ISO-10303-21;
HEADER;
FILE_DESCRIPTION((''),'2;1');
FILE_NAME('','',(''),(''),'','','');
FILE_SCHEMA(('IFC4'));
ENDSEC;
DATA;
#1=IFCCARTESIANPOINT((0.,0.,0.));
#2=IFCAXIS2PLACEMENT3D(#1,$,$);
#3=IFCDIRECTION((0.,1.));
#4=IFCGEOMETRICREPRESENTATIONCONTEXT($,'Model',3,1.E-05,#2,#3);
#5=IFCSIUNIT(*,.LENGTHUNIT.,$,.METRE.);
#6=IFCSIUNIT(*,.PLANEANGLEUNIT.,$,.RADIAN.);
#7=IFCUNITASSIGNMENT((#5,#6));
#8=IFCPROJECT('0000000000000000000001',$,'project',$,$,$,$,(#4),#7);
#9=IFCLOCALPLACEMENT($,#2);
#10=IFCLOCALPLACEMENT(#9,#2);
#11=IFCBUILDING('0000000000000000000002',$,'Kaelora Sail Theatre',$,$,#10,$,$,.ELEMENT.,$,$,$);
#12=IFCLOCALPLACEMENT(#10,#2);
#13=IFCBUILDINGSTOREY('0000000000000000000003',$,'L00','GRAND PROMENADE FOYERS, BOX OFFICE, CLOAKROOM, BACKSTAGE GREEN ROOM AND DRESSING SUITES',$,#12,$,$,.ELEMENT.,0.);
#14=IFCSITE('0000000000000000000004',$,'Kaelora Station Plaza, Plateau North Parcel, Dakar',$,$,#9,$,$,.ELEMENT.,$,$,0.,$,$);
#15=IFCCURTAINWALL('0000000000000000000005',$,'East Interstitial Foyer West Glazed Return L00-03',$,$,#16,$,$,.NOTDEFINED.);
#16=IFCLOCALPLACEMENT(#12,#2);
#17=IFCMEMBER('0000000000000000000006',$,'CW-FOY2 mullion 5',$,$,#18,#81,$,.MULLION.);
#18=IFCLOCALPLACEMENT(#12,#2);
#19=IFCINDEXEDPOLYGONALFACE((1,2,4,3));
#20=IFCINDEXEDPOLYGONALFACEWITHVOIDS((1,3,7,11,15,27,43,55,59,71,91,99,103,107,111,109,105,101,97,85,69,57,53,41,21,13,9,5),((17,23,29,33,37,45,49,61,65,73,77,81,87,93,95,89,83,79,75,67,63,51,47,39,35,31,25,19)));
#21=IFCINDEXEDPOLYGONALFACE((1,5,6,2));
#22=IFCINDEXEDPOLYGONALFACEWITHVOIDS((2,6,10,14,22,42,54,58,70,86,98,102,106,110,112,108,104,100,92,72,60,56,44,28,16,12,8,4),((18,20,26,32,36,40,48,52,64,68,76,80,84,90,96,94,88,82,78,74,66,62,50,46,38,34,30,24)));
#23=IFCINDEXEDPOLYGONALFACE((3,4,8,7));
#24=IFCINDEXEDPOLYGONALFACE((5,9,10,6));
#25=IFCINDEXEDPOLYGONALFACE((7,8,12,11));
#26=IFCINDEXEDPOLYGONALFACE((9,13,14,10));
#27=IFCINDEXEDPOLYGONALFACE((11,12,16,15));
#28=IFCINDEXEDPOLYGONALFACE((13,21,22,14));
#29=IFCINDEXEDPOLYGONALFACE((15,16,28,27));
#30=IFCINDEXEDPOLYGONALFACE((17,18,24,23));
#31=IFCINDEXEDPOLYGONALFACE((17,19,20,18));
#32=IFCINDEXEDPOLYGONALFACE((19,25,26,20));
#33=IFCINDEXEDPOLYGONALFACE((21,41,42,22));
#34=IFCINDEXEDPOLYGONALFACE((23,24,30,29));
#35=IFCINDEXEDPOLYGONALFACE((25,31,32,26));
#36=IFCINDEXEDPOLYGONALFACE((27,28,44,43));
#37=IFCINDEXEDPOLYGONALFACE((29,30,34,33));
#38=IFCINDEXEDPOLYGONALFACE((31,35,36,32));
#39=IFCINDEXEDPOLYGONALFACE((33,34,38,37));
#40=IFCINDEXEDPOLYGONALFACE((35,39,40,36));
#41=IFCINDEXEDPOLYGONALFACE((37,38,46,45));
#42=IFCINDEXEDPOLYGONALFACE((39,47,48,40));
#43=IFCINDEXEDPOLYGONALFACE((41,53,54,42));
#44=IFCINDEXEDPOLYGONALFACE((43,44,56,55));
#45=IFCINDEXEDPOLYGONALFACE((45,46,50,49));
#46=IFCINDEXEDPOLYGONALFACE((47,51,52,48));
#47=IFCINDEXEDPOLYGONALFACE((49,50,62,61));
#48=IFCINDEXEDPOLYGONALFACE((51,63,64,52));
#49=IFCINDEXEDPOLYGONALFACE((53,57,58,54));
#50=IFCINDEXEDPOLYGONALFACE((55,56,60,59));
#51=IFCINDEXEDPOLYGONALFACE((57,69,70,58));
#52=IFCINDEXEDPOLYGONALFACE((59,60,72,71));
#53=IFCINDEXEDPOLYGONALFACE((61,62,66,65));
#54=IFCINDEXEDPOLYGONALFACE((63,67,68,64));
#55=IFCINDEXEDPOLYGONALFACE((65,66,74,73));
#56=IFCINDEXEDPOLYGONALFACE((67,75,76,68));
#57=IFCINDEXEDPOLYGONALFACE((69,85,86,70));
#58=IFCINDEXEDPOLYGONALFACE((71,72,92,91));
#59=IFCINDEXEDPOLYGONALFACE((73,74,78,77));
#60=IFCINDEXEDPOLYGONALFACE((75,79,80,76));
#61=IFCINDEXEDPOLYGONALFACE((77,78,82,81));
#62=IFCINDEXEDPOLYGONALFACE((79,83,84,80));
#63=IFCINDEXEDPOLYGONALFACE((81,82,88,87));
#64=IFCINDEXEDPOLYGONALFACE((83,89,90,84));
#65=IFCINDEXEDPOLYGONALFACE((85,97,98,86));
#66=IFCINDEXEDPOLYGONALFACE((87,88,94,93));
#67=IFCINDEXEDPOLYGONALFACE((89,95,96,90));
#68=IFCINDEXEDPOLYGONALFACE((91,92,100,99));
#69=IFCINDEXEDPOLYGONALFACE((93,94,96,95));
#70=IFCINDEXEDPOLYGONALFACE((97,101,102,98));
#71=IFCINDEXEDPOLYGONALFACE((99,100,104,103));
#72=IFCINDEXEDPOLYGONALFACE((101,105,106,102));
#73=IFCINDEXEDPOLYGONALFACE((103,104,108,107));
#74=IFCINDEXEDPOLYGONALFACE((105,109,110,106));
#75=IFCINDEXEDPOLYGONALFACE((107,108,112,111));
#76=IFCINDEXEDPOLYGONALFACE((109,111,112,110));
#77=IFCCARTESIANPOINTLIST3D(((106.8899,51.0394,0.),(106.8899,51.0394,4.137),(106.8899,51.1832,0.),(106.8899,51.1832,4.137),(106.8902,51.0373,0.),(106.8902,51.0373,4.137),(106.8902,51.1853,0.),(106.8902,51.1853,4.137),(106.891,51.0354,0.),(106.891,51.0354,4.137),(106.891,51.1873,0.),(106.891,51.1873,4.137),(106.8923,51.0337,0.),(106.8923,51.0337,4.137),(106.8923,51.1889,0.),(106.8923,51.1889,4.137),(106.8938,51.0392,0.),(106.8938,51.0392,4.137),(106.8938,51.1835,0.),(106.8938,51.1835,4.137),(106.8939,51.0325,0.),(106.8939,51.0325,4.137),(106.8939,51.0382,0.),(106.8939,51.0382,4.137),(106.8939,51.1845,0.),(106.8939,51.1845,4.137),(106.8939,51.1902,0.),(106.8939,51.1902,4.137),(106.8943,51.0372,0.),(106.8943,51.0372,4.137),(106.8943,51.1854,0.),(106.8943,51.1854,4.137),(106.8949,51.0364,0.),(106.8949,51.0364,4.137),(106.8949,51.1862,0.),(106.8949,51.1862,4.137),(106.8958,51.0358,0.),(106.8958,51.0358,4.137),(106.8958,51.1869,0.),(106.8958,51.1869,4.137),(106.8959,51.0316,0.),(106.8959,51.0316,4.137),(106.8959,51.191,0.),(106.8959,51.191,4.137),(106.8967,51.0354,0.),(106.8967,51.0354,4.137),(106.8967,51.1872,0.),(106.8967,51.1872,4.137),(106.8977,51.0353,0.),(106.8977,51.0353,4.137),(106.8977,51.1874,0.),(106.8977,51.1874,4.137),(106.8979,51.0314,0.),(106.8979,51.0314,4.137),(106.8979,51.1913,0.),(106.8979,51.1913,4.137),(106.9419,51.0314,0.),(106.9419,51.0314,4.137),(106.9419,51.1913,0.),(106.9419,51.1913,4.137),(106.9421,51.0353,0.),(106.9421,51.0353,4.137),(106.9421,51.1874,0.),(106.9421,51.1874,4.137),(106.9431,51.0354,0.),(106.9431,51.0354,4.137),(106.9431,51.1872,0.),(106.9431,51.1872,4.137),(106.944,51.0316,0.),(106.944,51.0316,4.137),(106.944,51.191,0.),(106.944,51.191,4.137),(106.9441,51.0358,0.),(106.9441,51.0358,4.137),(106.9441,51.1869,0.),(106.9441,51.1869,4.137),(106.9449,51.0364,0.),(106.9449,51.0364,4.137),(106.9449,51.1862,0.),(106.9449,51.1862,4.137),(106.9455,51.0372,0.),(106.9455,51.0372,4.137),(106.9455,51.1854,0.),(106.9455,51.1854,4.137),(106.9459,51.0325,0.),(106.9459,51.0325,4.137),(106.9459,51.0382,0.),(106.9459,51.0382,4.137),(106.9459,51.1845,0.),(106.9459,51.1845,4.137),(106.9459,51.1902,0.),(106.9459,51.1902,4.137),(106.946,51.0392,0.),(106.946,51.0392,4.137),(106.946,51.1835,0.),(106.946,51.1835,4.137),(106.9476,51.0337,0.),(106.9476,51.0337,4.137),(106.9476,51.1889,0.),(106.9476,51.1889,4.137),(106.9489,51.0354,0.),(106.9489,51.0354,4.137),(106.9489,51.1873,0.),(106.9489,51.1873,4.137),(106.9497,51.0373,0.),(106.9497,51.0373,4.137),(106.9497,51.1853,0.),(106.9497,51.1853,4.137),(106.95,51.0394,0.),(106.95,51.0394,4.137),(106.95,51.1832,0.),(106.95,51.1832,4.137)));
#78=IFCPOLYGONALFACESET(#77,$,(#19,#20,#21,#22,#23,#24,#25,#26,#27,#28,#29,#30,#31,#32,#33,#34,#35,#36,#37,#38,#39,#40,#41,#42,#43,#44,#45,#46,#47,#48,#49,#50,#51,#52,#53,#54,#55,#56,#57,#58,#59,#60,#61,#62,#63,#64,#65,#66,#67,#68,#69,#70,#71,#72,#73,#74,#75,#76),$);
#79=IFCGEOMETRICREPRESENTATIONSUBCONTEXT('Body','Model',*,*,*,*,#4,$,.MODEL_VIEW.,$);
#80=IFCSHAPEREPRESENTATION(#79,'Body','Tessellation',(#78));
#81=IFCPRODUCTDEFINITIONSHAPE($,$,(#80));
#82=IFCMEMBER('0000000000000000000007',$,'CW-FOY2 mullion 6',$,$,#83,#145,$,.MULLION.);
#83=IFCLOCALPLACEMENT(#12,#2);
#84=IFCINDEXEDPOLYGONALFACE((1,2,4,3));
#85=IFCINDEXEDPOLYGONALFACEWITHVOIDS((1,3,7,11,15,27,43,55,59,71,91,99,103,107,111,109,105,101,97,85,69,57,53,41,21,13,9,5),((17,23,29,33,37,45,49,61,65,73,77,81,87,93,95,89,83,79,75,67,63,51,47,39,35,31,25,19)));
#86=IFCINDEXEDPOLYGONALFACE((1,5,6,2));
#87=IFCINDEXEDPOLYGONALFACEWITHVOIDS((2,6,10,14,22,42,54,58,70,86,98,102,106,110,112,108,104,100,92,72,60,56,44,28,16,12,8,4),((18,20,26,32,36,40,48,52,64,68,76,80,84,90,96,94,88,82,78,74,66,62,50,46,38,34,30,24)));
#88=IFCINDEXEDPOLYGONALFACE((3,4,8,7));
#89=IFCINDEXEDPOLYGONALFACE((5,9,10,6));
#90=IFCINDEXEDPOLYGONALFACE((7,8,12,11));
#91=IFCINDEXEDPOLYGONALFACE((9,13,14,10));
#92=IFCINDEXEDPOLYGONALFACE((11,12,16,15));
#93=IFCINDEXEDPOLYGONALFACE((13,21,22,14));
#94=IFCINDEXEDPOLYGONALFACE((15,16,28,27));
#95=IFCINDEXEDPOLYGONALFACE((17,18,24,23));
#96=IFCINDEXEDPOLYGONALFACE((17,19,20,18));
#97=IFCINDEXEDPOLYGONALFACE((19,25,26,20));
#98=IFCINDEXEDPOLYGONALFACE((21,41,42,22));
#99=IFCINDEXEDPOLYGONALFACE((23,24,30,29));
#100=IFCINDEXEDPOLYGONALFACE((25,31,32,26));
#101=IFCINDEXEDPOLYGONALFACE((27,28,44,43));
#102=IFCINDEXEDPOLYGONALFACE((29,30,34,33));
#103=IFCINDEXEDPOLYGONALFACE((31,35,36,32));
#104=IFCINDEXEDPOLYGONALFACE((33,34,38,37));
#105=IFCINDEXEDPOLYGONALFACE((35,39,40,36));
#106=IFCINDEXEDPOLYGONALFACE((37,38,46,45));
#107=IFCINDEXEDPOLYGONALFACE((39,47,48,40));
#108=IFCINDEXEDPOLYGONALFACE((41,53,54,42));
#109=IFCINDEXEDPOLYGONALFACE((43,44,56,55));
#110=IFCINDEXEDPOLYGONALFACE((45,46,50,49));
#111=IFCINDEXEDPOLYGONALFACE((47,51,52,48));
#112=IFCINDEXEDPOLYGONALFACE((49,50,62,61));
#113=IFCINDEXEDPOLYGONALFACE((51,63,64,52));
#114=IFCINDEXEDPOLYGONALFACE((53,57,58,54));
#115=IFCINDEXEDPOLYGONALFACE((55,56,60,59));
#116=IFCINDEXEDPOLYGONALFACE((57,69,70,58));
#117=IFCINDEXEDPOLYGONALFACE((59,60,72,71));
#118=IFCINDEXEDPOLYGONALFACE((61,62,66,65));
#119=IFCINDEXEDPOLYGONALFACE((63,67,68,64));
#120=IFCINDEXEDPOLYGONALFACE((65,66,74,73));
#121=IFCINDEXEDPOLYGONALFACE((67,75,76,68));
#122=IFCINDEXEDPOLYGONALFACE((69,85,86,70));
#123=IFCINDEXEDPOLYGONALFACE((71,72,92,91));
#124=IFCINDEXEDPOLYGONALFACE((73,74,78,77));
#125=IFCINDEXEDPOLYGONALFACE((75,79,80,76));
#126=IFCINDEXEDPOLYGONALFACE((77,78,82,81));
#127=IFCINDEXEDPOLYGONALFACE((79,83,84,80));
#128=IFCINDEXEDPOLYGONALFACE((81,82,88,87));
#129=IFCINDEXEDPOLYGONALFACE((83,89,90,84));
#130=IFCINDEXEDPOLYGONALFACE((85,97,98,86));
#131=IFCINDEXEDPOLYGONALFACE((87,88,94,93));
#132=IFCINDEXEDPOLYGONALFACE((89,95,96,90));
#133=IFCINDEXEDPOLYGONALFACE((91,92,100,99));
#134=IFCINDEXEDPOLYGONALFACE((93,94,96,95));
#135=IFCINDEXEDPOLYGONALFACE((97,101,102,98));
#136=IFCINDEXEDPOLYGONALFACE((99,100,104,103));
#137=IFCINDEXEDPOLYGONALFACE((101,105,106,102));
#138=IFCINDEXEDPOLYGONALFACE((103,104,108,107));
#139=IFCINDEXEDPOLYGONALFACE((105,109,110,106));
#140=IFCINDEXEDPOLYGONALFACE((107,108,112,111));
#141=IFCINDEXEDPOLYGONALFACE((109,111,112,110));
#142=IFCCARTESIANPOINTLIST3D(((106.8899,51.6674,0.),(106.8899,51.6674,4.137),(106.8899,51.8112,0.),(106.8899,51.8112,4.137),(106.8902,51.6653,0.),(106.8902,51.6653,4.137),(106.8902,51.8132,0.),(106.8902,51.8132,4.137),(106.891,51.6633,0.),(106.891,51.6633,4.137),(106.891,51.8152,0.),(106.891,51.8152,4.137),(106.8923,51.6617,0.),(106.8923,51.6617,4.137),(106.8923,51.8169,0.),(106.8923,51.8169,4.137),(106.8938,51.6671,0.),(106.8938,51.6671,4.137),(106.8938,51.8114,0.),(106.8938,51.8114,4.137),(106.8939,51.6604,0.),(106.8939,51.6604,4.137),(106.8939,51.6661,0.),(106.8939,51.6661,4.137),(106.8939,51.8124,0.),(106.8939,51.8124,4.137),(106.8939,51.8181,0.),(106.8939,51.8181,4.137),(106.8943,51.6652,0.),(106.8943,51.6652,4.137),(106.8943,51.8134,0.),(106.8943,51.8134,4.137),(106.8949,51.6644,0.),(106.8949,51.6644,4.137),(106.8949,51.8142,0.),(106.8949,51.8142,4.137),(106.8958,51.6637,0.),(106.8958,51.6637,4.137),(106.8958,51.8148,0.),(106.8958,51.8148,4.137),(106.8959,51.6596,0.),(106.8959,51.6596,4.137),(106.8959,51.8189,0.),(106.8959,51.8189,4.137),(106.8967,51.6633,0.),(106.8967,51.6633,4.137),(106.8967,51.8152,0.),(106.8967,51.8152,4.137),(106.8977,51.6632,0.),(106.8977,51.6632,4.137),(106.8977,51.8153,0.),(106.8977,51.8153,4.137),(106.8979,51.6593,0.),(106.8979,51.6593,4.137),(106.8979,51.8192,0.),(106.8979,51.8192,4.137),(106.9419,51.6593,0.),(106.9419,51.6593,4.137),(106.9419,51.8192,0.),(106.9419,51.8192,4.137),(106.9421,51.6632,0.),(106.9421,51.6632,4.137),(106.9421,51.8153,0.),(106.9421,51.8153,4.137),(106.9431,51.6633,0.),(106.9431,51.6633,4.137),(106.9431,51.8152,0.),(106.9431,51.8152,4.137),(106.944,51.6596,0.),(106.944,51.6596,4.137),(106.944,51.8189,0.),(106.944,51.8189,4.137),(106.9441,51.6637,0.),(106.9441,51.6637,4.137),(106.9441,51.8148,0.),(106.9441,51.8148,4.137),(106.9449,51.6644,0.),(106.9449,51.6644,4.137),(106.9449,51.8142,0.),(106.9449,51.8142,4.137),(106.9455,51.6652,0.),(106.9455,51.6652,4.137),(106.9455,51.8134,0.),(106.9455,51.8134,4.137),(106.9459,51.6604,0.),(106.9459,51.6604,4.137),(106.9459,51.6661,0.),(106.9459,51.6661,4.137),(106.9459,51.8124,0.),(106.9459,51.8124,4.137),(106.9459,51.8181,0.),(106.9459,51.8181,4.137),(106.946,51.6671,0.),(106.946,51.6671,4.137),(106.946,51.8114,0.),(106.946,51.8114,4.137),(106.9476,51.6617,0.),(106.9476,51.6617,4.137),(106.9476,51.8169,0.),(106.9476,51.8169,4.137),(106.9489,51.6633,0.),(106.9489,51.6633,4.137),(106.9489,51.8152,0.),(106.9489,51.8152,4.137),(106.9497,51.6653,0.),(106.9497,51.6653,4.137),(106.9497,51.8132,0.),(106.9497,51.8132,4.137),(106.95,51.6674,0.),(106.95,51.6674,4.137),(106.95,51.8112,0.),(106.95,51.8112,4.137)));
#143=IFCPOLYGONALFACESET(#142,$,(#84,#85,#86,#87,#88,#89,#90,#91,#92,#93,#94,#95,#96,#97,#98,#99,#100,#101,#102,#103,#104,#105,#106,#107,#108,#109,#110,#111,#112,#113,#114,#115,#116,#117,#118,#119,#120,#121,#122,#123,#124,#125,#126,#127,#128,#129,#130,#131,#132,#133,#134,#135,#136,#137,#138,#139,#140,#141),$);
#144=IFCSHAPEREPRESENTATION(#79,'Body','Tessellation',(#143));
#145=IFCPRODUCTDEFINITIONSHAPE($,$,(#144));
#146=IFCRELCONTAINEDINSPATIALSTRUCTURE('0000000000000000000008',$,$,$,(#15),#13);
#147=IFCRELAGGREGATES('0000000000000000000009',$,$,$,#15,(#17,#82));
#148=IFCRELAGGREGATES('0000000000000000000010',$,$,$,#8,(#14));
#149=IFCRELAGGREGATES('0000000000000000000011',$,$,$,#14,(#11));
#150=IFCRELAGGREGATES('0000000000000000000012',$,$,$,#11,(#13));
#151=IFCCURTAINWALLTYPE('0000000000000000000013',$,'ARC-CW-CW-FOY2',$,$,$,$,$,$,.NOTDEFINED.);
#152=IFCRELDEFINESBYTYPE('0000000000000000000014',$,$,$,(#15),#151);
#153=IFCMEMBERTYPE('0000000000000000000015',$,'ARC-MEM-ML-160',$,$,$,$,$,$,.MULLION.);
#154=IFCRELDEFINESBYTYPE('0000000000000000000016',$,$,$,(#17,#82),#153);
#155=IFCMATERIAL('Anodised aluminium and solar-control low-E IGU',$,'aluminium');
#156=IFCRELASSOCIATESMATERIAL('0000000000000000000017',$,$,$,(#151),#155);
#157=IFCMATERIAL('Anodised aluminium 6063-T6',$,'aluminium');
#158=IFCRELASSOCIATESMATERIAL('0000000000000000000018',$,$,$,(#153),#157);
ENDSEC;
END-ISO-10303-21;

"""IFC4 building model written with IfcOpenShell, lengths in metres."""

from ifc_helpers import new_model, si_unit, direction, frame, origin, origin_2d, place, context, subcontext, project, spatial, hollow_rectangle, extrude, material, material_profile, profile_set, type_object, element, aggregate, save


model = new_model("IFC4")

# Units and contexts
model_context = context("Model", 3, precision=1e-05, world=origin(), true_north=direction((0.0, 1.0)))
body_context = subcontext(model_context, "Body", "Model", "MODEL_VIEW")
ifc_project = project(units=[si_unit("LENGTHUNIT", "METRE"), si_unit("PLANEANGLEUNIT", "RADIAN")], contexts=[model_context])

# Site, building, storey
site_placement = place(None, origin())
site = spatial("IfcSite", under=ifc_project, at=site_placement, Name="Kaelora Station Plaza, Plateau North Parcel, Dakar", CompositionType="ELEMENT", RefElevation=0.0)
building_placement = place(site_placement, origin())
building = spatial("IfcBuilding", under=site, at=building_placement, Name="Kaelora Sail Theatre", CompositionType="ELEMENT")
storey_placement = place(building_placement, origin())
storey = spatial("IfcBuildingStorey", under=building, at=storey_placement, Name="L00", Description="GRAND PROMENADE FOYERS, BOX OFFICE, CLOAKROOM, BACKSTAGE GREEN ROOM AND DRESSING SUITES", CompositionType="ELEMENT", Elevation=0.0)

# Curtain wall, members
ifc_material_1 = material(Name="Anodised aluminium and solar-control low-E IGU", Category="aluminium")
curtain_wall_type = type_object("IfcCurtainWallType", Name="ARC-CW-CW-FOY2", PredefinedType="NOTDEFINED", material=ifc_material_1)
curtain_wall_1_placement = place(storey_placement, origin())
curtain_wall_1 = element("IfcCurtainWall", 1, at=curtain_wall_1_placement, inside=storey, type_object=curtain_wall_type, Name="East Interstitial Foyer West Glazed Return L00-03", PredefinedType="NOTDEFINED")
ifc_material_2 = material(Name="Anodised aluminium 6063-T6", Category="aluminium")
ifc_material_profile_1 = material_profile(ifc_material_2, hollow_rectangle(XDim=0.0601, YDim=0.1599, WallThickness=0.0039, InnerFilletRadius=0.0039, OuterFilletRadius=0.0081, at=origin_2d()), Name="ALU-MULL 60x160x4")
ifc_profile_set_1 = profile_set([ifc_material_profile_1], Name="Anodised aluminium 6063-T6")
member_type_1 = type_object("IfcMemberType", Name="ARC-MEM-ML-160", PredefinedType="MULLION", material=ifc_profile_set_1)
member_1_placement = place(storey_placement, frame((106.9199, 51.1113, 0.0), z_axis=(0.0, 0.0, 1.0), x_axis=(-1.0, 0.0, 0.0)))
member_1 = element("IfcMember", 2, at=member_1_placement, type_object=member_type_1, Name="CW-FOY2 mullion 5", PredefinedType="MULLION", context=body_context, shape_type="SweptSolid", body=[
    extrude(hollow_rectangle(XDim=0.0601, YDim=0.1599, WallThickness=0.0039, InnerFilletRadius=0.0039, OuterFilletRadius=0.0081, at=origin_2d()), origin(), (0.0, 0.0, 1.0), 4.137),
])
member_2_placement = place(storey_placement, frame((106.9199, 51.7393, 0.0), z_axis=(0.0, 0.0, 1.0), x_axis=(-1.0, 0.0, 0.0)))
member_2 = element("IfcMember", 3, at=member_2_placement, type_object=member_type_1, Name="CW-FOY2 mullion 6", PredefinedType="MULLION", context=body_context, shape_type="SweptSolid", body=[
    extrude(hollow_rectangle(XDim=0.0601, YDim=0.1599, WallThickness=0.0039, InnerFilletRadius=0.0039, OuterFilletRadius=0.0081, at=origin_2d()), origin(), (0.0, 0.0, 1.0), 4.137),
])

aggregate(curtain_wall_1, [member_1, member_2])

save(model, "model.ifc")
